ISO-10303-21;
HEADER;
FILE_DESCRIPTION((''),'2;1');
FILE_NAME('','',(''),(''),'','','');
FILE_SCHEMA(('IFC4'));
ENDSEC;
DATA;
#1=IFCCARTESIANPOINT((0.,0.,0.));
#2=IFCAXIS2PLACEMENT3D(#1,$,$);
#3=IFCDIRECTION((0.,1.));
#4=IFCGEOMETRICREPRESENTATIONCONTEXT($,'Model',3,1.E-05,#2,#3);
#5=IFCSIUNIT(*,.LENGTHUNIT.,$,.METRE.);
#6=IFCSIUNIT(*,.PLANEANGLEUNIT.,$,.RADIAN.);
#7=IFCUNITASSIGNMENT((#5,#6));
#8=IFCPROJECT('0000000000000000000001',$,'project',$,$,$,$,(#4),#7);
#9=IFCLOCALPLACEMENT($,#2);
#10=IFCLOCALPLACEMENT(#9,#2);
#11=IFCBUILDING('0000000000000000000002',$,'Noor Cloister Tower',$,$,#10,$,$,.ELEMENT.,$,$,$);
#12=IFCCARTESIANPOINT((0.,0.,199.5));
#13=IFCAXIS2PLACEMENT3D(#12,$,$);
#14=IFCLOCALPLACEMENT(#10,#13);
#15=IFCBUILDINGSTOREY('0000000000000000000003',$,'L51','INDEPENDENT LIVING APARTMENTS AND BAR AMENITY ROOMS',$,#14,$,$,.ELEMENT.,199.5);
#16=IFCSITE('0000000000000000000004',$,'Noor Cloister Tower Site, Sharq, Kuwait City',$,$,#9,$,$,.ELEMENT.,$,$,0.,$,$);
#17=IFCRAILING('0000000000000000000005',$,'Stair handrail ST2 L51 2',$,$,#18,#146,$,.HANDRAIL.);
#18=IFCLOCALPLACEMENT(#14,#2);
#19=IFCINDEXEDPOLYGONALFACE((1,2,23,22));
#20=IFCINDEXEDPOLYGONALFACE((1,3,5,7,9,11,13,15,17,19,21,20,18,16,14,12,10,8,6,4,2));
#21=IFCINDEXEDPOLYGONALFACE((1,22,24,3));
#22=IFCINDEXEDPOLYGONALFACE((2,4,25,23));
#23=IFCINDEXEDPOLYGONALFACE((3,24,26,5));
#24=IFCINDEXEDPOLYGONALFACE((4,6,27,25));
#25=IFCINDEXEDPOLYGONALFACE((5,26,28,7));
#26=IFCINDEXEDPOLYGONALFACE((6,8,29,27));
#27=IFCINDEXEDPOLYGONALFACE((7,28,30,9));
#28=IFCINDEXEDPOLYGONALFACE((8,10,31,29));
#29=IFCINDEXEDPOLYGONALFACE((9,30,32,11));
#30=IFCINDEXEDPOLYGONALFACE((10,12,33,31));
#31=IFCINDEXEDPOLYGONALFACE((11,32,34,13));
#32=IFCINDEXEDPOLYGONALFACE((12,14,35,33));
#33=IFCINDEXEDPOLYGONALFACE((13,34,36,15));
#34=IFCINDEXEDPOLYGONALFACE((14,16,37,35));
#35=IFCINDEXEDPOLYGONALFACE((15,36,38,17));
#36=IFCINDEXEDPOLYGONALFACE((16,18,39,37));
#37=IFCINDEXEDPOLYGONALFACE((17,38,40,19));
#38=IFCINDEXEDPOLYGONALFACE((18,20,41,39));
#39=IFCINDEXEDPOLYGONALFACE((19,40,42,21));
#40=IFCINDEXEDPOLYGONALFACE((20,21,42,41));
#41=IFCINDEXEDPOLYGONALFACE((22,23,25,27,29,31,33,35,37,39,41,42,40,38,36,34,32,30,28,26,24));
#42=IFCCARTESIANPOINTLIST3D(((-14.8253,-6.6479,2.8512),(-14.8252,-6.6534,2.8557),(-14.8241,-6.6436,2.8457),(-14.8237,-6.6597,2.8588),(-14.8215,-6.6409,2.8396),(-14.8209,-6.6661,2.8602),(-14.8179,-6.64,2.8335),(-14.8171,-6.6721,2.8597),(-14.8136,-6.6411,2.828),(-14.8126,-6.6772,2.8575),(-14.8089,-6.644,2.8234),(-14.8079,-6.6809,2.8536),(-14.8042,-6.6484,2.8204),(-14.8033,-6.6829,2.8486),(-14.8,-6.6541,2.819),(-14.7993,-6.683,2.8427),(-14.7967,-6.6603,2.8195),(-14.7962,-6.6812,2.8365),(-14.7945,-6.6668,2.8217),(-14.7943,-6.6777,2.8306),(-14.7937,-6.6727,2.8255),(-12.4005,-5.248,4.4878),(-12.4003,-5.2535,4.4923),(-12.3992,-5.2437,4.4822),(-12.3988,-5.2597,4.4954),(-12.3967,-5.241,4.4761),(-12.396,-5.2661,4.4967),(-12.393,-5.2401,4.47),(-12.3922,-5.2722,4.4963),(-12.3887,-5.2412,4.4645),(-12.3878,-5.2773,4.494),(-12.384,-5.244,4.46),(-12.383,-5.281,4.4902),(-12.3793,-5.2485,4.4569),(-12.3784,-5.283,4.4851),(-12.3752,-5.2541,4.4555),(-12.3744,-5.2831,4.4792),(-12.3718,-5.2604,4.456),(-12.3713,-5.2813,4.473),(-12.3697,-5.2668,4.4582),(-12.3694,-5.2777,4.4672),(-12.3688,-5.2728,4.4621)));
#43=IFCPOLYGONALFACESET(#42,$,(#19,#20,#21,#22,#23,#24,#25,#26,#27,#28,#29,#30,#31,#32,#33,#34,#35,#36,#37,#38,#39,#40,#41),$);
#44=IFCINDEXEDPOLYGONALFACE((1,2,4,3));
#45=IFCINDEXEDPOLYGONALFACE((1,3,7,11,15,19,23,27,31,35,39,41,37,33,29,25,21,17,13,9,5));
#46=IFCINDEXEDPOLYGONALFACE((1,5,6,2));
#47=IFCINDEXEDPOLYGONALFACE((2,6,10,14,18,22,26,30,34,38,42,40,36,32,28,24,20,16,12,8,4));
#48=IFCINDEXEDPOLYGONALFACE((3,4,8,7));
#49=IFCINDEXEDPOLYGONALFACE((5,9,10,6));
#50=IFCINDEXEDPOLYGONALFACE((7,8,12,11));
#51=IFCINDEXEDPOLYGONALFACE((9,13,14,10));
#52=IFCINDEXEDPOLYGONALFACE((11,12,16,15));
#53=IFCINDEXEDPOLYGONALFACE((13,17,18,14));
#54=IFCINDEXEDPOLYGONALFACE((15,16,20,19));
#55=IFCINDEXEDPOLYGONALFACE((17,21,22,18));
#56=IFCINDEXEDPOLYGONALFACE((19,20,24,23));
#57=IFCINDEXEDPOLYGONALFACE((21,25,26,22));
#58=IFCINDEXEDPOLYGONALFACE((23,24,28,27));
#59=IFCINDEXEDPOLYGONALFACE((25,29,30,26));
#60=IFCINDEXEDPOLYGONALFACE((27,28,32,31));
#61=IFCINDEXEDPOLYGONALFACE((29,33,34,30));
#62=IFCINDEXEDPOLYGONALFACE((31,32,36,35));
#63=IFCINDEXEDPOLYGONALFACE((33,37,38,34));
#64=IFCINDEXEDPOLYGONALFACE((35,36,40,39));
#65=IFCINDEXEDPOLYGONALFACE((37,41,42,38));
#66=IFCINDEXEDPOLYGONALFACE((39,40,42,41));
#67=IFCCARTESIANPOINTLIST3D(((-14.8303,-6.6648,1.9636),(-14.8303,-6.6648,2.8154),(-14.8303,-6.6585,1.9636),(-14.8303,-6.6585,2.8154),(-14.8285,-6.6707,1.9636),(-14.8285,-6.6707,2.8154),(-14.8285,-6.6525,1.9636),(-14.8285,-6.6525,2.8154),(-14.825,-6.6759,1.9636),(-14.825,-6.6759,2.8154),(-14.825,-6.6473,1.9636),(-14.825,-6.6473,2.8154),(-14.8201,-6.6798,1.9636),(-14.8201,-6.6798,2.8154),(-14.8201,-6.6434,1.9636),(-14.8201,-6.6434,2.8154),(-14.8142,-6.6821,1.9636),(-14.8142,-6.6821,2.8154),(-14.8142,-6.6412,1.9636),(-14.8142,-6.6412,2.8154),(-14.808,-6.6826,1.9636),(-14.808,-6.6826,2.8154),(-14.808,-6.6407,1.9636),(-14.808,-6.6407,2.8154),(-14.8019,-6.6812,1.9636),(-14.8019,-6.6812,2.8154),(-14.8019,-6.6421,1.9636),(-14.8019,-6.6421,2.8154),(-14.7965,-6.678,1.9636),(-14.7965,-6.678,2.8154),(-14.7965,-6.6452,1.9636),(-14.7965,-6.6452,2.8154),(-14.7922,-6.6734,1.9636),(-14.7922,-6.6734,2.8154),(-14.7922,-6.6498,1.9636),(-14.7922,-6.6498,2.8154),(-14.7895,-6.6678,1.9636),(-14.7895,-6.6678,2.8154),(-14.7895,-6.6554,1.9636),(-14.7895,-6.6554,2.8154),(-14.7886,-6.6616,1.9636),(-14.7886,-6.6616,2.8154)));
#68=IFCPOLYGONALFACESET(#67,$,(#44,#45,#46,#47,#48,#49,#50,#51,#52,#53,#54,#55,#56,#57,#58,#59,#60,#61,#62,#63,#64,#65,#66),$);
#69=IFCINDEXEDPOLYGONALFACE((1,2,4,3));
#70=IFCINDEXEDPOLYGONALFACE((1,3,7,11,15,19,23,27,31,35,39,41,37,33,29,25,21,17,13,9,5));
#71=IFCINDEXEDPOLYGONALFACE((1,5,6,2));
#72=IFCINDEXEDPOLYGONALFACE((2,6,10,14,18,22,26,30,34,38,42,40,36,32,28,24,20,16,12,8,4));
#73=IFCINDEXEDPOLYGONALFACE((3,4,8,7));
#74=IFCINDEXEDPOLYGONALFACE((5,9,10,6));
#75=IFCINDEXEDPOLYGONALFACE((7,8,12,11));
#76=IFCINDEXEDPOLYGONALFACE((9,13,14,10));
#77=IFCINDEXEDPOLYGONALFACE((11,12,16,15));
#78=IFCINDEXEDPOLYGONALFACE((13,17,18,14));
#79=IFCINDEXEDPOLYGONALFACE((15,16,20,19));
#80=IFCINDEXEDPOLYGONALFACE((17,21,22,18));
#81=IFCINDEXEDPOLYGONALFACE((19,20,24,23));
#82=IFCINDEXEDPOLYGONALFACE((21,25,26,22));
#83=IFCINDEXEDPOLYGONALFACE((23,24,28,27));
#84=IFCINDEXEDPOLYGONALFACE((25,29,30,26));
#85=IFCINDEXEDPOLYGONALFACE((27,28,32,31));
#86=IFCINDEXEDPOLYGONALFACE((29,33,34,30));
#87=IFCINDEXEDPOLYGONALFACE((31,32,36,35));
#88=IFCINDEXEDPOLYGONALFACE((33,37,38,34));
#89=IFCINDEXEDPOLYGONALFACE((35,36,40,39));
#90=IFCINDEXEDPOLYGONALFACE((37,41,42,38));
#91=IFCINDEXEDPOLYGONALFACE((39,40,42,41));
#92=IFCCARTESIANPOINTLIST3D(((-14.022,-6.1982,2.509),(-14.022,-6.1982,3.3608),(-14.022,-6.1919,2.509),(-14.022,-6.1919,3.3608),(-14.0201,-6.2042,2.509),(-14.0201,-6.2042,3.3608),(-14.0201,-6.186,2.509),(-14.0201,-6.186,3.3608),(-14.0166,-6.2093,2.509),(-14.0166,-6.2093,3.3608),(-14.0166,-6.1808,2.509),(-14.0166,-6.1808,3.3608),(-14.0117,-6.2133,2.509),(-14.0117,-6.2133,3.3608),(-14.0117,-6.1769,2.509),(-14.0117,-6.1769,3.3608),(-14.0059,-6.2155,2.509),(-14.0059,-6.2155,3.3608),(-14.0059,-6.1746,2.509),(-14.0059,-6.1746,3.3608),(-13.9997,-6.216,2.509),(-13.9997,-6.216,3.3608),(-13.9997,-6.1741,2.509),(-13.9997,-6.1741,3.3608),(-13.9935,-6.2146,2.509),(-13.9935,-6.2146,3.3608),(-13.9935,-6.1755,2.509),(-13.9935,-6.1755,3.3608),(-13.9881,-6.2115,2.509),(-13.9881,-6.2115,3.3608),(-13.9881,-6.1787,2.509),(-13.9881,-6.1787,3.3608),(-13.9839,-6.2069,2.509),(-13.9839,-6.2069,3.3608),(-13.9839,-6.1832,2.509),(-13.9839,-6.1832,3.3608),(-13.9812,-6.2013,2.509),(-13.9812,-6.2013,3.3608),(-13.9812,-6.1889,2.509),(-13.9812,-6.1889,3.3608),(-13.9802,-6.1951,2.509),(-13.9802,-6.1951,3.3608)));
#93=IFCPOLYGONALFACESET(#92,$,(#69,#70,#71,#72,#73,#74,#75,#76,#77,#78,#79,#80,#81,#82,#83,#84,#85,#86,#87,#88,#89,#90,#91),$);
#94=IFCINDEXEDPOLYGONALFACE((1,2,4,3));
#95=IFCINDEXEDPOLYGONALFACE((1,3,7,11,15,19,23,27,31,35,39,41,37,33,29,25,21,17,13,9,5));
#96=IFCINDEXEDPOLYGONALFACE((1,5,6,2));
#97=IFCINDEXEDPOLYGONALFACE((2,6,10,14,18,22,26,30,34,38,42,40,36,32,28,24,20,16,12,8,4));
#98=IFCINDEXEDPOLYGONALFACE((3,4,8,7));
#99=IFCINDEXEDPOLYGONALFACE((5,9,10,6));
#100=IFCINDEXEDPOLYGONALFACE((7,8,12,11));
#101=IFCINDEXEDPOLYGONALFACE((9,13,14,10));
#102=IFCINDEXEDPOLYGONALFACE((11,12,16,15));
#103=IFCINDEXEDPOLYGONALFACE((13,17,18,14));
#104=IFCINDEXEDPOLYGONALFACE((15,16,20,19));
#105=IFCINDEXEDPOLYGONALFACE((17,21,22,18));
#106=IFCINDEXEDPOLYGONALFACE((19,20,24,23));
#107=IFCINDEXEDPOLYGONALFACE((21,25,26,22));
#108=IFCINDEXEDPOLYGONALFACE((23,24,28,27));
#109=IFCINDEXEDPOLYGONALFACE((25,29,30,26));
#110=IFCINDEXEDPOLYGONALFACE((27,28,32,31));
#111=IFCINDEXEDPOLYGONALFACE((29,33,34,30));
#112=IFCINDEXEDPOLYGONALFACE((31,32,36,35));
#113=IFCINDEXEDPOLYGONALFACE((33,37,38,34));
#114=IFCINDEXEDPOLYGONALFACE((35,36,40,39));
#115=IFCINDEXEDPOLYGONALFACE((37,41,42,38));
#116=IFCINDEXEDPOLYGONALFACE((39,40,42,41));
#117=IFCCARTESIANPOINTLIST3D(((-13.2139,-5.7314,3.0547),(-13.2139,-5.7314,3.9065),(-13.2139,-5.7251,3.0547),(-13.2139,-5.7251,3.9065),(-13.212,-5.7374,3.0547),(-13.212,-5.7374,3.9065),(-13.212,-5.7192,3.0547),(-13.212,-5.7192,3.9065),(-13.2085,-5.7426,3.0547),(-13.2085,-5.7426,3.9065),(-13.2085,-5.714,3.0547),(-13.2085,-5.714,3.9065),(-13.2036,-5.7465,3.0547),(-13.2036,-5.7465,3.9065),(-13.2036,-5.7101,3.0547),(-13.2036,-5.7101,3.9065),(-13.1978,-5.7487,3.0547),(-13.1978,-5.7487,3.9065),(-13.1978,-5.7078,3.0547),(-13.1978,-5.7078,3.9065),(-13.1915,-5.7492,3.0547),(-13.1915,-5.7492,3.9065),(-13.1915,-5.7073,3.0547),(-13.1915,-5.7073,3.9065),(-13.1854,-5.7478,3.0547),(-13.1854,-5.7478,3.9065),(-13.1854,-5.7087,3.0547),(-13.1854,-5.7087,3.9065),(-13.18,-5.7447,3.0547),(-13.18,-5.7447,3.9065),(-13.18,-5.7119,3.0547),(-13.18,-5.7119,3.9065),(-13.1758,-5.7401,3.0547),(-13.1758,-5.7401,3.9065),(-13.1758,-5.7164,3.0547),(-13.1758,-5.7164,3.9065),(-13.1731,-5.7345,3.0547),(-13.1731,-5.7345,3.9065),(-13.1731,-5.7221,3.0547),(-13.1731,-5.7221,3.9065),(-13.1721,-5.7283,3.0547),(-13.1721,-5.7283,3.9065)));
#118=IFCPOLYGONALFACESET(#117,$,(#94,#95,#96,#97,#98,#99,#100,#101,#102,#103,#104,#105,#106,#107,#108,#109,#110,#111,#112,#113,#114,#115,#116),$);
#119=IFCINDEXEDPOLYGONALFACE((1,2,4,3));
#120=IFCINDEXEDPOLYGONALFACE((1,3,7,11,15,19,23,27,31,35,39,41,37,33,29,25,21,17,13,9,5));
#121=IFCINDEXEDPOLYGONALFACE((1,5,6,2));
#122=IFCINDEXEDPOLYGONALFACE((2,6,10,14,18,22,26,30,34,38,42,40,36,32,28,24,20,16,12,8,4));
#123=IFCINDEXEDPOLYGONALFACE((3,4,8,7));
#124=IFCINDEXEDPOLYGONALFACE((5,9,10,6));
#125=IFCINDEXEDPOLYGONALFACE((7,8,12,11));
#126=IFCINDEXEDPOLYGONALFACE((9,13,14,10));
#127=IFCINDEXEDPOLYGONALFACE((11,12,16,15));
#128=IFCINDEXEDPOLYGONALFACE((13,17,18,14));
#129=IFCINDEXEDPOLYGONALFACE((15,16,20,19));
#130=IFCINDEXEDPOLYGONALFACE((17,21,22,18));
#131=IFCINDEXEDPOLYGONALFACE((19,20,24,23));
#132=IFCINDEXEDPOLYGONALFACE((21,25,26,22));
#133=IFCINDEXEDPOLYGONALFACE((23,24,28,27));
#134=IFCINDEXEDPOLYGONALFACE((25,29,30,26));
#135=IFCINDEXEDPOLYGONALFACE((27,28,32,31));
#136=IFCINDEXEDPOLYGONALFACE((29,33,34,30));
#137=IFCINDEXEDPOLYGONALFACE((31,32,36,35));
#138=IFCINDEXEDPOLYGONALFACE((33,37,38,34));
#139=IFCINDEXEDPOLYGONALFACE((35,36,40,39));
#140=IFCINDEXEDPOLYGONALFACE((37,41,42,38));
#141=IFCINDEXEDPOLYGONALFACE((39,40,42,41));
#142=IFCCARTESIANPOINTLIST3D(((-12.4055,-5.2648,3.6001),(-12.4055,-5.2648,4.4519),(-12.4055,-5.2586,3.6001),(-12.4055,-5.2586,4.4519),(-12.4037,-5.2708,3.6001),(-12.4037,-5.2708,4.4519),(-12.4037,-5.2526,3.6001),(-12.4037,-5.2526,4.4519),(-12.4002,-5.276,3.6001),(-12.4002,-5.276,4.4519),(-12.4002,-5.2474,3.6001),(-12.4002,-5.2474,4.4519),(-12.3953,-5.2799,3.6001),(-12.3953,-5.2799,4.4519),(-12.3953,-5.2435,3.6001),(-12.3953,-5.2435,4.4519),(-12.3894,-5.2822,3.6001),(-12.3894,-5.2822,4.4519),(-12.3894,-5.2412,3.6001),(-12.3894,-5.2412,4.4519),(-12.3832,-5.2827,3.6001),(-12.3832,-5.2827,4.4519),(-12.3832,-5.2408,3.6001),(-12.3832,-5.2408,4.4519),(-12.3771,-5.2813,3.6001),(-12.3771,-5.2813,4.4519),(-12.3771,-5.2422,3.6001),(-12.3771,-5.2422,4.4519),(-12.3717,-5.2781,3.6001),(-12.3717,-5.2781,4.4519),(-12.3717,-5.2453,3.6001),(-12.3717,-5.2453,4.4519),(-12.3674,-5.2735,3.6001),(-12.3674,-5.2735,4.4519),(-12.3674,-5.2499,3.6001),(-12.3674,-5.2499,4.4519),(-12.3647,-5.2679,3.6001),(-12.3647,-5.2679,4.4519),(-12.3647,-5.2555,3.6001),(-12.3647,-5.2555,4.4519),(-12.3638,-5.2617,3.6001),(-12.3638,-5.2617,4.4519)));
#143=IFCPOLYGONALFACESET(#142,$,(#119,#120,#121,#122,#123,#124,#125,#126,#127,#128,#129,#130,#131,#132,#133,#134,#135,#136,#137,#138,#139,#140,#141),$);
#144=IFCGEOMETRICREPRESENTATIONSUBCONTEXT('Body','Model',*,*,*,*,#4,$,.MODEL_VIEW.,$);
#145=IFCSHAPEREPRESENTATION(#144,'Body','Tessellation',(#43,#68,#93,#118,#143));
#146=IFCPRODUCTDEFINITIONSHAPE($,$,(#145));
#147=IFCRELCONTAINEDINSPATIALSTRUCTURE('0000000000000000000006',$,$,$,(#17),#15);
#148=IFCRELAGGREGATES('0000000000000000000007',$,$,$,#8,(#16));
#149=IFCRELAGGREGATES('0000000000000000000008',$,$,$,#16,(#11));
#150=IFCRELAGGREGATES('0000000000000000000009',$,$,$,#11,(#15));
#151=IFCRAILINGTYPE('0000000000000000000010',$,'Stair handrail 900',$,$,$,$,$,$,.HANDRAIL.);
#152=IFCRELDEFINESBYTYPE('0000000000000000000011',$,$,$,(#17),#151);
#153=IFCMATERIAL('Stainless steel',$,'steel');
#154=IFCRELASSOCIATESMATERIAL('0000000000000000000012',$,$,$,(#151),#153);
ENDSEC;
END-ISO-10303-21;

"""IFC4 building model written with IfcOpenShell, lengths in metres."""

from ifc_helpers import new_model, si_unit, direction, frame, origin, origin_2d, place, context, subcontext, project, spatial, circle, extrude, material, type_object, element, save


model = new_model("IFC4")

# Units and contexts
model_context = context("Model", 3, precision=1e-05, world=origin(), true_north=direction((0.0, 1.0)))
body_context = subcontext(model_context, "Body", "Model", "MODEL_VIEW")
ifc_project = project(units=[si_unit("LENGTHUNIT", "METRE"), si_unit("PLANEANGLEUNIT", "RADIAN")], contexts=[model_context])

# Site, building, storey
site_placement = place(None, origin())
site = spatial("IfcSite", under=ifc_project, at=site_placement, Name="Noor Cloister Tower Site, Sharq, Kuwait City", CompositionType="ELEMENT", RefElevation=0.0)
building_placement = place(site_placement, origin())
building = spatial("IfcBuilding", under=site, at=building_placement, Name="Noor Cloister Tower", CompositionType="ELEMENT")
storey_placement = place(building_placement, frame((0.0, 0.0, 199.5)))
storey = spatial("IfcBuildingStorey", under=building, at=storey_placement, Name="L51", Description="INDEPENDENT LIVING APARTMENTS AND BAR AMENITY ROOMS", CompositionType="ELEMENT", Elevation=199.5)

# Railing
ifc_material_1 = material(Name="Stainless steel", Category="steel")
railing_type_1 = type_object("IfcRailingType", Name="Stair handrail 900", PredefinedType="HANDRAIL", material=ifc_material_1)
railing_1_placement = place(storey_placement, frame((-14.8096, -6.6616, 1.9636)))
element("IfcRailing", 1, at=railing_1_placement, inside=storey, type_object=railing_type_1, Name="Stair handrail ST2 L51 2", PredefinedType="HANDRAIL", context=body_context, shape_type="SweptSolid", body=[
    extrude(circle(Radius=0.0239, at=origin_2d()), frame((0.0, 0.0, 0.876), z_axis=(0.74769, 0.431661, 0.504608), x_axis=(-0.499984, 0.866035, 0.0)), (0.0, 0.0, 1.0), 3.2432),
    extrude(circle(Radius=0.021, at=origin_2d()), origin(), (0.0, 0.0, 1.0), 0.8518),
    extrude(circle(Radius=0.021, at=origin_2d()), frame((0.8083, 0.4666, 0.5454)), (0.0, 0.0, 1.0), 0.8518),
    extrude(circle(Radius=0.021, at=origin_2d()), frame((1.6165, 0.9333, 1.0911)), (0.0, 0.0, 1.0), 0.8518),
    extrude(circle(Radius=0.021, at=origin_2d()), frame((2.4248, 1.3999, 1.6365)), (0.0, 0.0, 1.0), 0.8518),
])

save(model, "model.ifc")
